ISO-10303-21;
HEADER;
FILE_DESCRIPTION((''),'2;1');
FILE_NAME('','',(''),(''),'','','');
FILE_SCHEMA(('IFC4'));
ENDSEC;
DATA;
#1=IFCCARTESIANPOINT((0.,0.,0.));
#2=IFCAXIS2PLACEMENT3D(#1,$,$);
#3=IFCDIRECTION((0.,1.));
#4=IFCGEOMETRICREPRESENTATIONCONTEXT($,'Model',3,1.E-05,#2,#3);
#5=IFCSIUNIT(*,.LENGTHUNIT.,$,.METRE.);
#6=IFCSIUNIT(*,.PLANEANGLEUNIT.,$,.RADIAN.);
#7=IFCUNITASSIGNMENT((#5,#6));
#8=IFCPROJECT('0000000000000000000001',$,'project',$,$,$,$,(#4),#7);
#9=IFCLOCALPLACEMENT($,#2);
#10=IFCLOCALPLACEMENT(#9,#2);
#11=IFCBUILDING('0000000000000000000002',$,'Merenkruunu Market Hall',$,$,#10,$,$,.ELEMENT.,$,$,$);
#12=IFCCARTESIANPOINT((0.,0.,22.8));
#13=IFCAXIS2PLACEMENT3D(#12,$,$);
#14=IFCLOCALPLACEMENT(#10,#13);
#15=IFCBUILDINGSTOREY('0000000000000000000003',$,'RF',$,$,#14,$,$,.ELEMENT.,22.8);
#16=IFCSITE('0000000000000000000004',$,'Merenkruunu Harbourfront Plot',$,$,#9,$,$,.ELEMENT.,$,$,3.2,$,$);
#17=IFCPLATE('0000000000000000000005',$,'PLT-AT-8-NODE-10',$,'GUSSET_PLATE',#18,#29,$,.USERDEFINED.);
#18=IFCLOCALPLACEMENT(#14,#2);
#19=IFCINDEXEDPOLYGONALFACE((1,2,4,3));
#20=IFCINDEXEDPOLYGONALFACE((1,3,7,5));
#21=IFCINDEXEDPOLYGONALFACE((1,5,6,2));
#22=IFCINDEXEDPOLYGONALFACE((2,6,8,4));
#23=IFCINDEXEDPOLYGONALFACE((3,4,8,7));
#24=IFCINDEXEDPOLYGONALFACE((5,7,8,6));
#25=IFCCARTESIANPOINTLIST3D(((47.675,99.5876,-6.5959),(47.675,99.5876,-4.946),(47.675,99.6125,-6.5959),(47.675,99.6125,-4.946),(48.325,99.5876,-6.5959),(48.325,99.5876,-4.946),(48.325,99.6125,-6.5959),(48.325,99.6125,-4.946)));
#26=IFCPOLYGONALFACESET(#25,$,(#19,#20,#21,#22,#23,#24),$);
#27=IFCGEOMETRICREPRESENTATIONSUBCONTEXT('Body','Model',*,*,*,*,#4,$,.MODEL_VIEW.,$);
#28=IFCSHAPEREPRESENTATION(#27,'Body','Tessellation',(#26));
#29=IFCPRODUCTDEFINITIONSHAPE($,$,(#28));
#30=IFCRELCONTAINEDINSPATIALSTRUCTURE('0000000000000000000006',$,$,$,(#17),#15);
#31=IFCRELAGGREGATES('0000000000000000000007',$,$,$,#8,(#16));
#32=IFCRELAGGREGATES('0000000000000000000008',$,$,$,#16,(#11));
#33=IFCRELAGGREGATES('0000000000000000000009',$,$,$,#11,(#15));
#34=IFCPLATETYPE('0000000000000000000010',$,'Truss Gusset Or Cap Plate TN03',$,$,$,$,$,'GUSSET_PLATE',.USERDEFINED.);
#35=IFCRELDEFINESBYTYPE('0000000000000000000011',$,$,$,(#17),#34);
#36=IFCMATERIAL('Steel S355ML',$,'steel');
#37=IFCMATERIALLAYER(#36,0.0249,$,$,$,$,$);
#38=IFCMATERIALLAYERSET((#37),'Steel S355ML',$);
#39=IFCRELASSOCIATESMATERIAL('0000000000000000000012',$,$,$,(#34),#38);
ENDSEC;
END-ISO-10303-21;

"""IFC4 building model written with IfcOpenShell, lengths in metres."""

from ifc_helpers import new_model, si_unit, direction, frame, origin, origin_2d, place, context, subcontext, project, spatial, rectangle, extrude, material, layer, layer_set, type_object, element, save


model = new_model("IFC4")

# Units and contexts
model_context = context("Model", 3, precision=1e-05, world=origin(), true_north=direction((0.0, 1.0)))
body_context = subcontext(model_context, "Body", "Model", "MODEL_VIEW")
ifc_project = project(units=[si_unit("LENGTHUNIT", "METRE"), si_unit("PLANEANGLEUNIT", "RADIAN")], contexts=[model_context])

# Site, building, storey
site_placement = place(None, origin())
site = spatial("IfcSite", under=ifc_project, at=site_placement, Name="Merenkruunu Harbourfront Plot", CompositionType="ELEMENT", RefElevation=3.2)
building_placement = place(site_placement, origin())
building = spatial("IfcBuilding", under=site, at=building_placement, Name="Merenkruunu Market Hall", CompositionType="ELEMENT")
storey_placement = place(building_placement, frame((0.0, 0.0, 22.8)))
storey = spatial("IfcBuildingStorey", under=building, at=storey_placement, Name="RF", CompositionType="ELEMENT", Elevation=22.8)

# Shared definitions
ifc_material_1 = material(Name="Steel S355ML", Category="steel")

# Plate
ifc_layer_1 = layer(ifc_material_1, 0.0249)
ifc_layer_set_1 = layer_set([ifc_layer_1], Name="Steel S355ML")
plate_type_1 = type_object("IfcPlateType", Name="Truss Gusset Or Cap Plate TN03", ElementType="GUSSET_PLATE", PredefinedType="USERDEFINED", material=ifc_layer_set_1)
plate_1_placement = place(storey_placement, frame((48.0, 99.6001, -6.5959), z_axis=(0.0, 0.0, 1.0), x_axis=(1.0, 0.0, 0.0)))
element("IfcPlate", 1, at=plate_1_placement, inside=storey, type_object=plate_type_1, Name="PLT-AT-8-NODE-10", ObjectType="GUSSET_PLATE", PredefinedType="USERDEFINED", context=body_context, shape_type="SweptSolid", body=[
    extrude(rectangle(XDim=0.6499, YDim=0.0249, at=origin_2d()), origin(), (0.0, 0.0, 1.0), 1.6499),
])

save(model, "model.ifc")
